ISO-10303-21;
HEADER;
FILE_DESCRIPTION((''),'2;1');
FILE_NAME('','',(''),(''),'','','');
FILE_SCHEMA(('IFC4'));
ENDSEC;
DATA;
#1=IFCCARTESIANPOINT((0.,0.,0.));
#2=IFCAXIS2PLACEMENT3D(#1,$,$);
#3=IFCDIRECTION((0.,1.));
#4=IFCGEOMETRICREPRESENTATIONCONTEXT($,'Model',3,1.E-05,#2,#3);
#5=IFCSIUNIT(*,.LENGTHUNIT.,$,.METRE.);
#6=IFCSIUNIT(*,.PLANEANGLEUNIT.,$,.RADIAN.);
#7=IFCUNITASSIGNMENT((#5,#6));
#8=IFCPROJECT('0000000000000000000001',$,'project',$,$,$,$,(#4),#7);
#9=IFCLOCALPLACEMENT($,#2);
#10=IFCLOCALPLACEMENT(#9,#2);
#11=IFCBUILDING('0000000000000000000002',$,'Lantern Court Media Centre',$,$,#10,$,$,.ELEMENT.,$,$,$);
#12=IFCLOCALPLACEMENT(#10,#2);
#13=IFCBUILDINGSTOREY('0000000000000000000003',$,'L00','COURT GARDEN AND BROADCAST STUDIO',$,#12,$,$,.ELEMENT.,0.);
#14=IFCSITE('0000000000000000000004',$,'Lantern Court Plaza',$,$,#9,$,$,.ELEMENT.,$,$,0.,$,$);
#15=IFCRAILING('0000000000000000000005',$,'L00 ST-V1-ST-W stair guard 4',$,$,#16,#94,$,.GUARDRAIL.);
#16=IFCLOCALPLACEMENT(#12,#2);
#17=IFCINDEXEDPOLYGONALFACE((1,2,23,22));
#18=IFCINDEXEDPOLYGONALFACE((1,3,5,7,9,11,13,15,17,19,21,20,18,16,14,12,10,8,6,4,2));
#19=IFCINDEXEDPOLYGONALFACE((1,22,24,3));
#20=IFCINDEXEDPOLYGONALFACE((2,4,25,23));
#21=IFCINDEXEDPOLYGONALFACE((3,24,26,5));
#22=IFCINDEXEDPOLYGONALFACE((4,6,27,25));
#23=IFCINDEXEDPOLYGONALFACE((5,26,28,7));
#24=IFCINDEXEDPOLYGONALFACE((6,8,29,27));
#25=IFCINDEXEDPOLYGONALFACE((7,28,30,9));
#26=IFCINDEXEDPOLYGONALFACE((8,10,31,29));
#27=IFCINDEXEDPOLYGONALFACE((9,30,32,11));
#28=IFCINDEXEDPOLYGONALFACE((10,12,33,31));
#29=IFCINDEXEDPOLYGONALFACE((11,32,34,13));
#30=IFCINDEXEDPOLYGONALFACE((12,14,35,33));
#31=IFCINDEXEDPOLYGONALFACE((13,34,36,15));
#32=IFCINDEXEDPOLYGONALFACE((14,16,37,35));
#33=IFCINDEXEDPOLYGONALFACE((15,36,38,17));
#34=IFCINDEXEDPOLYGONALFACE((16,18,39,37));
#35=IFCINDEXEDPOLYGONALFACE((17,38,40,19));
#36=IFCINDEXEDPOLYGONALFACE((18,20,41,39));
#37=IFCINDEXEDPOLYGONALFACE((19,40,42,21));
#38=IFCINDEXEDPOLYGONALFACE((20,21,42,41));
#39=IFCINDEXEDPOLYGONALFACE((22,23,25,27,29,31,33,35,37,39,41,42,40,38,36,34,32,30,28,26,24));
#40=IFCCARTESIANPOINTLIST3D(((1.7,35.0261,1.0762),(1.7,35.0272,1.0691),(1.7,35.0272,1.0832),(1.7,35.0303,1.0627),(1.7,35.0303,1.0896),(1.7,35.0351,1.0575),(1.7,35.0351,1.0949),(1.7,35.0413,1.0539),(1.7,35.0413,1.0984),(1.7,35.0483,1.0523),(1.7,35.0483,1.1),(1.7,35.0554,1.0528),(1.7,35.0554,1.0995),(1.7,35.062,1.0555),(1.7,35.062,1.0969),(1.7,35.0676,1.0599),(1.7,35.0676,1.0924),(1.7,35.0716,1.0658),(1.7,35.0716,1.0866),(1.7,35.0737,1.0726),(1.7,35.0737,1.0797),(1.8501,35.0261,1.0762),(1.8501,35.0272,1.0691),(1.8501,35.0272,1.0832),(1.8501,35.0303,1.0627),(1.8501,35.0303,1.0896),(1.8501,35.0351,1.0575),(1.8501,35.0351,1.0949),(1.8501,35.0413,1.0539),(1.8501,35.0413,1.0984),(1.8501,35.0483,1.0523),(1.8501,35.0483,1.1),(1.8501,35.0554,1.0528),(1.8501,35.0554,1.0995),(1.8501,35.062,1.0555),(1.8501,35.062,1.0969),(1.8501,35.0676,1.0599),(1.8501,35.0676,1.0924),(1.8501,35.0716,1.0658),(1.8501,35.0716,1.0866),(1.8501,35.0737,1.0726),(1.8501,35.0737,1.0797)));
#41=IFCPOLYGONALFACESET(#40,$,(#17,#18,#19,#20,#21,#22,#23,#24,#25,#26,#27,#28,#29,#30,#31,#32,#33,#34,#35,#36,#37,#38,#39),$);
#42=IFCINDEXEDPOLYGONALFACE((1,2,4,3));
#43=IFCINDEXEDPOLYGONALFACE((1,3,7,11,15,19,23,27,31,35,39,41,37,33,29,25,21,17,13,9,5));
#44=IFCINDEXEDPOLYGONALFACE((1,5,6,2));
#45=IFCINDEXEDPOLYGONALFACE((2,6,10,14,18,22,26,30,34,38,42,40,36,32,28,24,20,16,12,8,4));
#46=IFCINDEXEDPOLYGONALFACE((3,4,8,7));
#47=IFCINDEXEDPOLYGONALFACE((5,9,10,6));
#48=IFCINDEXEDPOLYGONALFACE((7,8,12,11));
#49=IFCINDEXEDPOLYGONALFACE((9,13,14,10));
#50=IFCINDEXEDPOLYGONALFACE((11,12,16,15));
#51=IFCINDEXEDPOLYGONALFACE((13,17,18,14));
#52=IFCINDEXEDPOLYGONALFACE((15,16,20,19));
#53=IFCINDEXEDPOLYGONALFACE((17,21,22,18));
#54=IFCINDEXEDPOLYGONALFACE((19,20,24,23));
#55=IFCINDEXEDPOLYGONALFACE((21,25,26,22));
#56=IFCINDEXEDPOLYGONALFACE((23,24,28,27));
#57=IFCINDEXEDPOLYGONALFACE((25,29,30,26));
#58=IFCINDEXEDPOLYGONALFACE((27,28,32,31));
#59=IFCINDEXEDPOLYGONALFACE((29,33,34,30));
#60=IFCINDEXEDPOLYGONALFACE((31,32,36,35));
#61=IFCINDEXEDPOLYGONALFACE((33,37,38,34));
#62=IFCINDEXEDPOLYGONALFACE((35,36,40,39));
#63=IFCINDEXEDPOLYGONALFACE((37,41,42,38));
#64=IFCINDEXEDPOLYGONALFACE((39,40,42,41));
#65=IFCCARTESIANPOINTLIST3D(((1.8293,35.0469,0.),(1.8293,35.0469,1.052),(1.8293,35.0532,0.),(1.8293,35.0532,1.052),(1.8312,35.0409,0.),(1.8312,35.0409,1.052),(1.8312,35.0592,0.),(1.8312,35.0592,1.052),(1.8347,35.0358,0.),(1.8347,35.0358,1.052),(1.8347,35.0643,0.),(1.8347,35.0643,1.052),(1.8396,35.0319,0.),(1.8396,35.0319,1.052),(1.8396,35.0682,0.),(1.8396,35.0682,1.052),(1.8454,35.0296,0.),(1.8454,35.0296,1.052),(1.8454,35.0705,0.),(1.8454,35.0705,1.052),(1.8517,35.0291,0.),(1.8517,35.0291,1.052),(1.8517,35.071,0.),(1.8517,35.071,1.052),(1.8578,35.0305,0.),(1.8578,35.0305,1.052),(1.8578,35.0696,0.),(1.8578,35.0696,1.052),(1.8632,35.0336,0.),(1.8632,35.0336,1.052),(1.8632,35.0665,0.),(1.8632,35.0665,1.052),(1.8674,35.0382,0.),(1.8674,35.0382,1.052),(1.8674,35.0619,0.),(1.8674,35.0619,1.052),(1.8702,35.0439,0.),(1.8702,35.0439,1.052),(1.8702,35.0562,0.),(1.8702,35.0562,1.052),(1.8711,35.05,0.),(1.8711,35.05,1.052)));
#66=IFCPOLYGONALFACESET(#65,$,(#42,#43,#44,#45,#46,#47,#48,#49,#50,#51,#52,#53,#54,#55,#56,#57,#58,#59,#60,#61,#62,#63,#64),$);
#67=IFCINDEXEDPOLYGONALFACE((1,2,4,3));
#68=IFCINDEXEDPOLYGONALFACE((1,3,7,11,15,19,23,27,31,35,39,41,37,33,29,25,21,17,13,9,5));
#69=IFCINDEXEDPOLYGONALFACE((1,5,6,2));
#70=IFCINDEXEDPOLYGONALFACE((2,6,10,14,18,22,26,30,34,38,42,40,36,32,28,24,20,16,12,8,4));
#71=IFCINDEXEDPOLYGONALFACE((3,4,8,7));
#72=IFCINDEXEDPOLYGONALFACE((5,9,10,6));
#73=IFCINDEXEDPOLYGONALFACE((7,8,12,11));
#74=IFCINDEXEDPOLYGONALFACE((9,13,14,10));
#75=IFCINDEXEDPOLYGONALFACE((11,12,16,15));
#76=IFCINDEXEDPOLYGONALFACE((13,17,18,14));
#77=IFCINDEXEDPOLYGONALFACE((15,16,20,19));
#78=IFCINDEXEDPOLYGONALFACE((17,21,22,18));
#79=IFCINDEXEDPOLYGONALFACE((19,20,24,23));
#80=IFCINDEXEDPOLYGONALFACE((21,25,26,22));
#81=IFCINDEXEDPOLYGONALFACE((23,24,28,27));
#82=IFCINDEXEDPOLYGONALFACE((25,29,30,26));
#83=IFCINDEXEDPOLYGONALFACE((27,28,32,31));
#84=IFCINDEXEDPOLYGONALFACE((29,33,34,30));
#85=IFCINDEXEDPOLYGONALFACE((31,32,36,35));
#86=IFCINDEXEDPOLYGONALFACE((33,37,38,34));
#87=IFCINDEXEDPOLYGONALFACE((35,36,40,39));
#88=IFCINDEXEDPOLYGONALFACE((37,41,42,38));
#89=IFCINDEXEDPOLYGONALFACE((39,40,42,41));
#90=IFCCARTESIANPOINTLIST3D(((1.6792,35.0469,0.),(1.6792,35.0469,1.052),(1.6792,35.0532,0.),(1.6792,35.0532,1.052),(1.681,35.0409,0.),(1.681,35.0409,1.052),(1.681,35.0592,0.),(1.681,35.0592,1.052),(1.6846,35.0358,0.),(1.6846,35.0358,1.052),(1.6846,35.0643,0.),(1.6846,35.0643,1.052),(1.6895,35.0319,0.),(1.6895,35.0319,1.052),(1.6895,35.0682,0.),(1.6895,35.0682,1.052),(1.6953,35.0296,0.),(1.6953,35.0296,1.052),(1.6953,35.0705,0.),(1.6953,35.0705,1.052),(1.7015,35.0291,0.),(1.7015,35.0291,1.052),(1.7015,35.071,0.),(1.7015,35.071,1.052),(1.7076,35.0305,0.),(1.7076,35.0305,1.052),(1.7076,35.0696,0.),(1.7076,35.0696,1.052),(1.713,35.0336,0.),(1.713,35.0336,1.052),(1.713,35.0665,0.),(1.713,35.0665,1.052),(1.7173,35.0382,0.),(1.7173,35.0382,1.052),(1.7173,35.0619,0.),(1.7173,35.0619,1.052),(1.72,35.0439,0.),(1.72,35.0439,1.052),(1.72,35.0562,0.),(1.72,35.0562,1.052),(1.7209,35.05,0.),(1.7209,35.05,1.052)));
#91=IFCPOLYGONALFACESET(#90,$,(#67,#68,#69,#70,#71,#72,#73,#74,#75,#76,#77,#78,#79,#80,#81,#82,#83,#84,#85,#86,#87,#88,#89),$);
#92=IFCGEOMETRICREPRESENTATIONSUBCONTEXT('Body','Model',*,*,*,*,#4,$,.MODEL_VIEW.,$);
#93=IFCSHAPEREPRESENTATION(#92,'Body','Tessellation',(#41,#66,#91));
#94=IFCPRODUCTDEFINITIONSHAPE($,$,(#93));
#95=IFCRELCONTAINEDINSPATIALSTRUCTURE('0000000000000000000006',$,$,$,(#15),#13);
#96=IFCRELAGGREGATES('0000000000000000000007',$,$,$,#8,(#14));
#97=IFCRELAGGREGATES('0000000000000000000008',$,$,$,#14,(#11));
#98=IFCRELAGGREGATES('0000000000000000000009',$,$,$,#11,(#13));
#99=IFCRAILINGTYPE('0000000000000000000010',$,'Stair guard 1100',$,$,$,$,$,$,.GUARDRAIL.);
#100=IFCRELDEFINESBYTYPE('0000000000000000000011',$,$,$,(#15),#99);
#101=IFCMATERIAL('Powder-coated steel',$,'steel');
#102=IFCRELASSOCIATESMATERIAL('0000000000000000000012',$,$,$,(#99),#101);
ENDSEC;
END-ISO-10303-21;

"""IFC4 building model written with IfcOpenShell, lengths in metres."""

from ifc_helpers import new_model, si_unit, direction, frame, origin, origin_2d, place, context, subcontext, project, spatial, circle, extrude, material, type_object, element, save


model = new_model("IFC4")

# Units and contexts
model_context = context("Model", 3, precision=1e-05, world=origin(), true_north=direction((0.0, 1.0)))
body_context = subcontext(model_context, "Body", "Model", "MODEL_VIEW")
ifc_project = project(units=[si_unit("LENGTHUNIT", "METRE"), si_unit("PLANEANGLEUNIT", "RADIAN")], contexts=[model_context])

# Site, building, storey
site_placement = place(None, origin())
site = spatial("IfcSite", under=ifc_project, at=site_placement, Name="Lantern Court Plaza", CompositionType="ELEMENT", RefElevation=0.0)
building_placement = place(site_placement, origin())
building = spatial("IfcBuilding", under=site, at=building_placement, Name="Lantern Court Media Centre", CompositionType="ELEMENT")
storey_placement = place(building_placement, origin())
storey = spatial("IfcBuildingStorey", under=building, at=storey_placement, Name="L00", Description="COURT GARDEN AND BROADCAST STUDIO", CompositionType="ELEMENT", Elevation=0.0)

# Railing
ifc_material_1 = material(Name="Powder-coated steel", Category="steel")
railing_type_1 = type_object("IfcRailingType", Name="Stair guard 1100", PredefinedType="GUARDRAIL", material=ifc_material_1)
railing_1_placement = place(storey_placement, frame((1.8501, 35.05, 0.0)))
element("IfcRailing", 1, at=railing_1_placement, inside=storey, type_object=railing_type_1, Name="L00 ST-V1-ST-W stair guard 4", PredefinedType="GUARDRAIL", context=body_context, shape_type="SweptSolid", body=[
    extrude(circle(Radius=0.0239, at=origin_2d()), frame((0.0, 0.0, 1.0762), z_axis=(-1.0, 0.0, 0.0), x_axis=(0.0, -1.0, 0.0)), (0.0, 0.0, 1.0), 0.1501),
    extrude(circle(Radius=0.021, at=origin_2d()), origin(), (0.0, 0.0, 1.0), 1.052),
    extrude(circle(Radius=0.021, at=origin_2d()), frame((-0.1501, 0.0, 0.0)), (0.0, 0.0, 1.0), 1.052),
])

save(model, "model.ifc")
